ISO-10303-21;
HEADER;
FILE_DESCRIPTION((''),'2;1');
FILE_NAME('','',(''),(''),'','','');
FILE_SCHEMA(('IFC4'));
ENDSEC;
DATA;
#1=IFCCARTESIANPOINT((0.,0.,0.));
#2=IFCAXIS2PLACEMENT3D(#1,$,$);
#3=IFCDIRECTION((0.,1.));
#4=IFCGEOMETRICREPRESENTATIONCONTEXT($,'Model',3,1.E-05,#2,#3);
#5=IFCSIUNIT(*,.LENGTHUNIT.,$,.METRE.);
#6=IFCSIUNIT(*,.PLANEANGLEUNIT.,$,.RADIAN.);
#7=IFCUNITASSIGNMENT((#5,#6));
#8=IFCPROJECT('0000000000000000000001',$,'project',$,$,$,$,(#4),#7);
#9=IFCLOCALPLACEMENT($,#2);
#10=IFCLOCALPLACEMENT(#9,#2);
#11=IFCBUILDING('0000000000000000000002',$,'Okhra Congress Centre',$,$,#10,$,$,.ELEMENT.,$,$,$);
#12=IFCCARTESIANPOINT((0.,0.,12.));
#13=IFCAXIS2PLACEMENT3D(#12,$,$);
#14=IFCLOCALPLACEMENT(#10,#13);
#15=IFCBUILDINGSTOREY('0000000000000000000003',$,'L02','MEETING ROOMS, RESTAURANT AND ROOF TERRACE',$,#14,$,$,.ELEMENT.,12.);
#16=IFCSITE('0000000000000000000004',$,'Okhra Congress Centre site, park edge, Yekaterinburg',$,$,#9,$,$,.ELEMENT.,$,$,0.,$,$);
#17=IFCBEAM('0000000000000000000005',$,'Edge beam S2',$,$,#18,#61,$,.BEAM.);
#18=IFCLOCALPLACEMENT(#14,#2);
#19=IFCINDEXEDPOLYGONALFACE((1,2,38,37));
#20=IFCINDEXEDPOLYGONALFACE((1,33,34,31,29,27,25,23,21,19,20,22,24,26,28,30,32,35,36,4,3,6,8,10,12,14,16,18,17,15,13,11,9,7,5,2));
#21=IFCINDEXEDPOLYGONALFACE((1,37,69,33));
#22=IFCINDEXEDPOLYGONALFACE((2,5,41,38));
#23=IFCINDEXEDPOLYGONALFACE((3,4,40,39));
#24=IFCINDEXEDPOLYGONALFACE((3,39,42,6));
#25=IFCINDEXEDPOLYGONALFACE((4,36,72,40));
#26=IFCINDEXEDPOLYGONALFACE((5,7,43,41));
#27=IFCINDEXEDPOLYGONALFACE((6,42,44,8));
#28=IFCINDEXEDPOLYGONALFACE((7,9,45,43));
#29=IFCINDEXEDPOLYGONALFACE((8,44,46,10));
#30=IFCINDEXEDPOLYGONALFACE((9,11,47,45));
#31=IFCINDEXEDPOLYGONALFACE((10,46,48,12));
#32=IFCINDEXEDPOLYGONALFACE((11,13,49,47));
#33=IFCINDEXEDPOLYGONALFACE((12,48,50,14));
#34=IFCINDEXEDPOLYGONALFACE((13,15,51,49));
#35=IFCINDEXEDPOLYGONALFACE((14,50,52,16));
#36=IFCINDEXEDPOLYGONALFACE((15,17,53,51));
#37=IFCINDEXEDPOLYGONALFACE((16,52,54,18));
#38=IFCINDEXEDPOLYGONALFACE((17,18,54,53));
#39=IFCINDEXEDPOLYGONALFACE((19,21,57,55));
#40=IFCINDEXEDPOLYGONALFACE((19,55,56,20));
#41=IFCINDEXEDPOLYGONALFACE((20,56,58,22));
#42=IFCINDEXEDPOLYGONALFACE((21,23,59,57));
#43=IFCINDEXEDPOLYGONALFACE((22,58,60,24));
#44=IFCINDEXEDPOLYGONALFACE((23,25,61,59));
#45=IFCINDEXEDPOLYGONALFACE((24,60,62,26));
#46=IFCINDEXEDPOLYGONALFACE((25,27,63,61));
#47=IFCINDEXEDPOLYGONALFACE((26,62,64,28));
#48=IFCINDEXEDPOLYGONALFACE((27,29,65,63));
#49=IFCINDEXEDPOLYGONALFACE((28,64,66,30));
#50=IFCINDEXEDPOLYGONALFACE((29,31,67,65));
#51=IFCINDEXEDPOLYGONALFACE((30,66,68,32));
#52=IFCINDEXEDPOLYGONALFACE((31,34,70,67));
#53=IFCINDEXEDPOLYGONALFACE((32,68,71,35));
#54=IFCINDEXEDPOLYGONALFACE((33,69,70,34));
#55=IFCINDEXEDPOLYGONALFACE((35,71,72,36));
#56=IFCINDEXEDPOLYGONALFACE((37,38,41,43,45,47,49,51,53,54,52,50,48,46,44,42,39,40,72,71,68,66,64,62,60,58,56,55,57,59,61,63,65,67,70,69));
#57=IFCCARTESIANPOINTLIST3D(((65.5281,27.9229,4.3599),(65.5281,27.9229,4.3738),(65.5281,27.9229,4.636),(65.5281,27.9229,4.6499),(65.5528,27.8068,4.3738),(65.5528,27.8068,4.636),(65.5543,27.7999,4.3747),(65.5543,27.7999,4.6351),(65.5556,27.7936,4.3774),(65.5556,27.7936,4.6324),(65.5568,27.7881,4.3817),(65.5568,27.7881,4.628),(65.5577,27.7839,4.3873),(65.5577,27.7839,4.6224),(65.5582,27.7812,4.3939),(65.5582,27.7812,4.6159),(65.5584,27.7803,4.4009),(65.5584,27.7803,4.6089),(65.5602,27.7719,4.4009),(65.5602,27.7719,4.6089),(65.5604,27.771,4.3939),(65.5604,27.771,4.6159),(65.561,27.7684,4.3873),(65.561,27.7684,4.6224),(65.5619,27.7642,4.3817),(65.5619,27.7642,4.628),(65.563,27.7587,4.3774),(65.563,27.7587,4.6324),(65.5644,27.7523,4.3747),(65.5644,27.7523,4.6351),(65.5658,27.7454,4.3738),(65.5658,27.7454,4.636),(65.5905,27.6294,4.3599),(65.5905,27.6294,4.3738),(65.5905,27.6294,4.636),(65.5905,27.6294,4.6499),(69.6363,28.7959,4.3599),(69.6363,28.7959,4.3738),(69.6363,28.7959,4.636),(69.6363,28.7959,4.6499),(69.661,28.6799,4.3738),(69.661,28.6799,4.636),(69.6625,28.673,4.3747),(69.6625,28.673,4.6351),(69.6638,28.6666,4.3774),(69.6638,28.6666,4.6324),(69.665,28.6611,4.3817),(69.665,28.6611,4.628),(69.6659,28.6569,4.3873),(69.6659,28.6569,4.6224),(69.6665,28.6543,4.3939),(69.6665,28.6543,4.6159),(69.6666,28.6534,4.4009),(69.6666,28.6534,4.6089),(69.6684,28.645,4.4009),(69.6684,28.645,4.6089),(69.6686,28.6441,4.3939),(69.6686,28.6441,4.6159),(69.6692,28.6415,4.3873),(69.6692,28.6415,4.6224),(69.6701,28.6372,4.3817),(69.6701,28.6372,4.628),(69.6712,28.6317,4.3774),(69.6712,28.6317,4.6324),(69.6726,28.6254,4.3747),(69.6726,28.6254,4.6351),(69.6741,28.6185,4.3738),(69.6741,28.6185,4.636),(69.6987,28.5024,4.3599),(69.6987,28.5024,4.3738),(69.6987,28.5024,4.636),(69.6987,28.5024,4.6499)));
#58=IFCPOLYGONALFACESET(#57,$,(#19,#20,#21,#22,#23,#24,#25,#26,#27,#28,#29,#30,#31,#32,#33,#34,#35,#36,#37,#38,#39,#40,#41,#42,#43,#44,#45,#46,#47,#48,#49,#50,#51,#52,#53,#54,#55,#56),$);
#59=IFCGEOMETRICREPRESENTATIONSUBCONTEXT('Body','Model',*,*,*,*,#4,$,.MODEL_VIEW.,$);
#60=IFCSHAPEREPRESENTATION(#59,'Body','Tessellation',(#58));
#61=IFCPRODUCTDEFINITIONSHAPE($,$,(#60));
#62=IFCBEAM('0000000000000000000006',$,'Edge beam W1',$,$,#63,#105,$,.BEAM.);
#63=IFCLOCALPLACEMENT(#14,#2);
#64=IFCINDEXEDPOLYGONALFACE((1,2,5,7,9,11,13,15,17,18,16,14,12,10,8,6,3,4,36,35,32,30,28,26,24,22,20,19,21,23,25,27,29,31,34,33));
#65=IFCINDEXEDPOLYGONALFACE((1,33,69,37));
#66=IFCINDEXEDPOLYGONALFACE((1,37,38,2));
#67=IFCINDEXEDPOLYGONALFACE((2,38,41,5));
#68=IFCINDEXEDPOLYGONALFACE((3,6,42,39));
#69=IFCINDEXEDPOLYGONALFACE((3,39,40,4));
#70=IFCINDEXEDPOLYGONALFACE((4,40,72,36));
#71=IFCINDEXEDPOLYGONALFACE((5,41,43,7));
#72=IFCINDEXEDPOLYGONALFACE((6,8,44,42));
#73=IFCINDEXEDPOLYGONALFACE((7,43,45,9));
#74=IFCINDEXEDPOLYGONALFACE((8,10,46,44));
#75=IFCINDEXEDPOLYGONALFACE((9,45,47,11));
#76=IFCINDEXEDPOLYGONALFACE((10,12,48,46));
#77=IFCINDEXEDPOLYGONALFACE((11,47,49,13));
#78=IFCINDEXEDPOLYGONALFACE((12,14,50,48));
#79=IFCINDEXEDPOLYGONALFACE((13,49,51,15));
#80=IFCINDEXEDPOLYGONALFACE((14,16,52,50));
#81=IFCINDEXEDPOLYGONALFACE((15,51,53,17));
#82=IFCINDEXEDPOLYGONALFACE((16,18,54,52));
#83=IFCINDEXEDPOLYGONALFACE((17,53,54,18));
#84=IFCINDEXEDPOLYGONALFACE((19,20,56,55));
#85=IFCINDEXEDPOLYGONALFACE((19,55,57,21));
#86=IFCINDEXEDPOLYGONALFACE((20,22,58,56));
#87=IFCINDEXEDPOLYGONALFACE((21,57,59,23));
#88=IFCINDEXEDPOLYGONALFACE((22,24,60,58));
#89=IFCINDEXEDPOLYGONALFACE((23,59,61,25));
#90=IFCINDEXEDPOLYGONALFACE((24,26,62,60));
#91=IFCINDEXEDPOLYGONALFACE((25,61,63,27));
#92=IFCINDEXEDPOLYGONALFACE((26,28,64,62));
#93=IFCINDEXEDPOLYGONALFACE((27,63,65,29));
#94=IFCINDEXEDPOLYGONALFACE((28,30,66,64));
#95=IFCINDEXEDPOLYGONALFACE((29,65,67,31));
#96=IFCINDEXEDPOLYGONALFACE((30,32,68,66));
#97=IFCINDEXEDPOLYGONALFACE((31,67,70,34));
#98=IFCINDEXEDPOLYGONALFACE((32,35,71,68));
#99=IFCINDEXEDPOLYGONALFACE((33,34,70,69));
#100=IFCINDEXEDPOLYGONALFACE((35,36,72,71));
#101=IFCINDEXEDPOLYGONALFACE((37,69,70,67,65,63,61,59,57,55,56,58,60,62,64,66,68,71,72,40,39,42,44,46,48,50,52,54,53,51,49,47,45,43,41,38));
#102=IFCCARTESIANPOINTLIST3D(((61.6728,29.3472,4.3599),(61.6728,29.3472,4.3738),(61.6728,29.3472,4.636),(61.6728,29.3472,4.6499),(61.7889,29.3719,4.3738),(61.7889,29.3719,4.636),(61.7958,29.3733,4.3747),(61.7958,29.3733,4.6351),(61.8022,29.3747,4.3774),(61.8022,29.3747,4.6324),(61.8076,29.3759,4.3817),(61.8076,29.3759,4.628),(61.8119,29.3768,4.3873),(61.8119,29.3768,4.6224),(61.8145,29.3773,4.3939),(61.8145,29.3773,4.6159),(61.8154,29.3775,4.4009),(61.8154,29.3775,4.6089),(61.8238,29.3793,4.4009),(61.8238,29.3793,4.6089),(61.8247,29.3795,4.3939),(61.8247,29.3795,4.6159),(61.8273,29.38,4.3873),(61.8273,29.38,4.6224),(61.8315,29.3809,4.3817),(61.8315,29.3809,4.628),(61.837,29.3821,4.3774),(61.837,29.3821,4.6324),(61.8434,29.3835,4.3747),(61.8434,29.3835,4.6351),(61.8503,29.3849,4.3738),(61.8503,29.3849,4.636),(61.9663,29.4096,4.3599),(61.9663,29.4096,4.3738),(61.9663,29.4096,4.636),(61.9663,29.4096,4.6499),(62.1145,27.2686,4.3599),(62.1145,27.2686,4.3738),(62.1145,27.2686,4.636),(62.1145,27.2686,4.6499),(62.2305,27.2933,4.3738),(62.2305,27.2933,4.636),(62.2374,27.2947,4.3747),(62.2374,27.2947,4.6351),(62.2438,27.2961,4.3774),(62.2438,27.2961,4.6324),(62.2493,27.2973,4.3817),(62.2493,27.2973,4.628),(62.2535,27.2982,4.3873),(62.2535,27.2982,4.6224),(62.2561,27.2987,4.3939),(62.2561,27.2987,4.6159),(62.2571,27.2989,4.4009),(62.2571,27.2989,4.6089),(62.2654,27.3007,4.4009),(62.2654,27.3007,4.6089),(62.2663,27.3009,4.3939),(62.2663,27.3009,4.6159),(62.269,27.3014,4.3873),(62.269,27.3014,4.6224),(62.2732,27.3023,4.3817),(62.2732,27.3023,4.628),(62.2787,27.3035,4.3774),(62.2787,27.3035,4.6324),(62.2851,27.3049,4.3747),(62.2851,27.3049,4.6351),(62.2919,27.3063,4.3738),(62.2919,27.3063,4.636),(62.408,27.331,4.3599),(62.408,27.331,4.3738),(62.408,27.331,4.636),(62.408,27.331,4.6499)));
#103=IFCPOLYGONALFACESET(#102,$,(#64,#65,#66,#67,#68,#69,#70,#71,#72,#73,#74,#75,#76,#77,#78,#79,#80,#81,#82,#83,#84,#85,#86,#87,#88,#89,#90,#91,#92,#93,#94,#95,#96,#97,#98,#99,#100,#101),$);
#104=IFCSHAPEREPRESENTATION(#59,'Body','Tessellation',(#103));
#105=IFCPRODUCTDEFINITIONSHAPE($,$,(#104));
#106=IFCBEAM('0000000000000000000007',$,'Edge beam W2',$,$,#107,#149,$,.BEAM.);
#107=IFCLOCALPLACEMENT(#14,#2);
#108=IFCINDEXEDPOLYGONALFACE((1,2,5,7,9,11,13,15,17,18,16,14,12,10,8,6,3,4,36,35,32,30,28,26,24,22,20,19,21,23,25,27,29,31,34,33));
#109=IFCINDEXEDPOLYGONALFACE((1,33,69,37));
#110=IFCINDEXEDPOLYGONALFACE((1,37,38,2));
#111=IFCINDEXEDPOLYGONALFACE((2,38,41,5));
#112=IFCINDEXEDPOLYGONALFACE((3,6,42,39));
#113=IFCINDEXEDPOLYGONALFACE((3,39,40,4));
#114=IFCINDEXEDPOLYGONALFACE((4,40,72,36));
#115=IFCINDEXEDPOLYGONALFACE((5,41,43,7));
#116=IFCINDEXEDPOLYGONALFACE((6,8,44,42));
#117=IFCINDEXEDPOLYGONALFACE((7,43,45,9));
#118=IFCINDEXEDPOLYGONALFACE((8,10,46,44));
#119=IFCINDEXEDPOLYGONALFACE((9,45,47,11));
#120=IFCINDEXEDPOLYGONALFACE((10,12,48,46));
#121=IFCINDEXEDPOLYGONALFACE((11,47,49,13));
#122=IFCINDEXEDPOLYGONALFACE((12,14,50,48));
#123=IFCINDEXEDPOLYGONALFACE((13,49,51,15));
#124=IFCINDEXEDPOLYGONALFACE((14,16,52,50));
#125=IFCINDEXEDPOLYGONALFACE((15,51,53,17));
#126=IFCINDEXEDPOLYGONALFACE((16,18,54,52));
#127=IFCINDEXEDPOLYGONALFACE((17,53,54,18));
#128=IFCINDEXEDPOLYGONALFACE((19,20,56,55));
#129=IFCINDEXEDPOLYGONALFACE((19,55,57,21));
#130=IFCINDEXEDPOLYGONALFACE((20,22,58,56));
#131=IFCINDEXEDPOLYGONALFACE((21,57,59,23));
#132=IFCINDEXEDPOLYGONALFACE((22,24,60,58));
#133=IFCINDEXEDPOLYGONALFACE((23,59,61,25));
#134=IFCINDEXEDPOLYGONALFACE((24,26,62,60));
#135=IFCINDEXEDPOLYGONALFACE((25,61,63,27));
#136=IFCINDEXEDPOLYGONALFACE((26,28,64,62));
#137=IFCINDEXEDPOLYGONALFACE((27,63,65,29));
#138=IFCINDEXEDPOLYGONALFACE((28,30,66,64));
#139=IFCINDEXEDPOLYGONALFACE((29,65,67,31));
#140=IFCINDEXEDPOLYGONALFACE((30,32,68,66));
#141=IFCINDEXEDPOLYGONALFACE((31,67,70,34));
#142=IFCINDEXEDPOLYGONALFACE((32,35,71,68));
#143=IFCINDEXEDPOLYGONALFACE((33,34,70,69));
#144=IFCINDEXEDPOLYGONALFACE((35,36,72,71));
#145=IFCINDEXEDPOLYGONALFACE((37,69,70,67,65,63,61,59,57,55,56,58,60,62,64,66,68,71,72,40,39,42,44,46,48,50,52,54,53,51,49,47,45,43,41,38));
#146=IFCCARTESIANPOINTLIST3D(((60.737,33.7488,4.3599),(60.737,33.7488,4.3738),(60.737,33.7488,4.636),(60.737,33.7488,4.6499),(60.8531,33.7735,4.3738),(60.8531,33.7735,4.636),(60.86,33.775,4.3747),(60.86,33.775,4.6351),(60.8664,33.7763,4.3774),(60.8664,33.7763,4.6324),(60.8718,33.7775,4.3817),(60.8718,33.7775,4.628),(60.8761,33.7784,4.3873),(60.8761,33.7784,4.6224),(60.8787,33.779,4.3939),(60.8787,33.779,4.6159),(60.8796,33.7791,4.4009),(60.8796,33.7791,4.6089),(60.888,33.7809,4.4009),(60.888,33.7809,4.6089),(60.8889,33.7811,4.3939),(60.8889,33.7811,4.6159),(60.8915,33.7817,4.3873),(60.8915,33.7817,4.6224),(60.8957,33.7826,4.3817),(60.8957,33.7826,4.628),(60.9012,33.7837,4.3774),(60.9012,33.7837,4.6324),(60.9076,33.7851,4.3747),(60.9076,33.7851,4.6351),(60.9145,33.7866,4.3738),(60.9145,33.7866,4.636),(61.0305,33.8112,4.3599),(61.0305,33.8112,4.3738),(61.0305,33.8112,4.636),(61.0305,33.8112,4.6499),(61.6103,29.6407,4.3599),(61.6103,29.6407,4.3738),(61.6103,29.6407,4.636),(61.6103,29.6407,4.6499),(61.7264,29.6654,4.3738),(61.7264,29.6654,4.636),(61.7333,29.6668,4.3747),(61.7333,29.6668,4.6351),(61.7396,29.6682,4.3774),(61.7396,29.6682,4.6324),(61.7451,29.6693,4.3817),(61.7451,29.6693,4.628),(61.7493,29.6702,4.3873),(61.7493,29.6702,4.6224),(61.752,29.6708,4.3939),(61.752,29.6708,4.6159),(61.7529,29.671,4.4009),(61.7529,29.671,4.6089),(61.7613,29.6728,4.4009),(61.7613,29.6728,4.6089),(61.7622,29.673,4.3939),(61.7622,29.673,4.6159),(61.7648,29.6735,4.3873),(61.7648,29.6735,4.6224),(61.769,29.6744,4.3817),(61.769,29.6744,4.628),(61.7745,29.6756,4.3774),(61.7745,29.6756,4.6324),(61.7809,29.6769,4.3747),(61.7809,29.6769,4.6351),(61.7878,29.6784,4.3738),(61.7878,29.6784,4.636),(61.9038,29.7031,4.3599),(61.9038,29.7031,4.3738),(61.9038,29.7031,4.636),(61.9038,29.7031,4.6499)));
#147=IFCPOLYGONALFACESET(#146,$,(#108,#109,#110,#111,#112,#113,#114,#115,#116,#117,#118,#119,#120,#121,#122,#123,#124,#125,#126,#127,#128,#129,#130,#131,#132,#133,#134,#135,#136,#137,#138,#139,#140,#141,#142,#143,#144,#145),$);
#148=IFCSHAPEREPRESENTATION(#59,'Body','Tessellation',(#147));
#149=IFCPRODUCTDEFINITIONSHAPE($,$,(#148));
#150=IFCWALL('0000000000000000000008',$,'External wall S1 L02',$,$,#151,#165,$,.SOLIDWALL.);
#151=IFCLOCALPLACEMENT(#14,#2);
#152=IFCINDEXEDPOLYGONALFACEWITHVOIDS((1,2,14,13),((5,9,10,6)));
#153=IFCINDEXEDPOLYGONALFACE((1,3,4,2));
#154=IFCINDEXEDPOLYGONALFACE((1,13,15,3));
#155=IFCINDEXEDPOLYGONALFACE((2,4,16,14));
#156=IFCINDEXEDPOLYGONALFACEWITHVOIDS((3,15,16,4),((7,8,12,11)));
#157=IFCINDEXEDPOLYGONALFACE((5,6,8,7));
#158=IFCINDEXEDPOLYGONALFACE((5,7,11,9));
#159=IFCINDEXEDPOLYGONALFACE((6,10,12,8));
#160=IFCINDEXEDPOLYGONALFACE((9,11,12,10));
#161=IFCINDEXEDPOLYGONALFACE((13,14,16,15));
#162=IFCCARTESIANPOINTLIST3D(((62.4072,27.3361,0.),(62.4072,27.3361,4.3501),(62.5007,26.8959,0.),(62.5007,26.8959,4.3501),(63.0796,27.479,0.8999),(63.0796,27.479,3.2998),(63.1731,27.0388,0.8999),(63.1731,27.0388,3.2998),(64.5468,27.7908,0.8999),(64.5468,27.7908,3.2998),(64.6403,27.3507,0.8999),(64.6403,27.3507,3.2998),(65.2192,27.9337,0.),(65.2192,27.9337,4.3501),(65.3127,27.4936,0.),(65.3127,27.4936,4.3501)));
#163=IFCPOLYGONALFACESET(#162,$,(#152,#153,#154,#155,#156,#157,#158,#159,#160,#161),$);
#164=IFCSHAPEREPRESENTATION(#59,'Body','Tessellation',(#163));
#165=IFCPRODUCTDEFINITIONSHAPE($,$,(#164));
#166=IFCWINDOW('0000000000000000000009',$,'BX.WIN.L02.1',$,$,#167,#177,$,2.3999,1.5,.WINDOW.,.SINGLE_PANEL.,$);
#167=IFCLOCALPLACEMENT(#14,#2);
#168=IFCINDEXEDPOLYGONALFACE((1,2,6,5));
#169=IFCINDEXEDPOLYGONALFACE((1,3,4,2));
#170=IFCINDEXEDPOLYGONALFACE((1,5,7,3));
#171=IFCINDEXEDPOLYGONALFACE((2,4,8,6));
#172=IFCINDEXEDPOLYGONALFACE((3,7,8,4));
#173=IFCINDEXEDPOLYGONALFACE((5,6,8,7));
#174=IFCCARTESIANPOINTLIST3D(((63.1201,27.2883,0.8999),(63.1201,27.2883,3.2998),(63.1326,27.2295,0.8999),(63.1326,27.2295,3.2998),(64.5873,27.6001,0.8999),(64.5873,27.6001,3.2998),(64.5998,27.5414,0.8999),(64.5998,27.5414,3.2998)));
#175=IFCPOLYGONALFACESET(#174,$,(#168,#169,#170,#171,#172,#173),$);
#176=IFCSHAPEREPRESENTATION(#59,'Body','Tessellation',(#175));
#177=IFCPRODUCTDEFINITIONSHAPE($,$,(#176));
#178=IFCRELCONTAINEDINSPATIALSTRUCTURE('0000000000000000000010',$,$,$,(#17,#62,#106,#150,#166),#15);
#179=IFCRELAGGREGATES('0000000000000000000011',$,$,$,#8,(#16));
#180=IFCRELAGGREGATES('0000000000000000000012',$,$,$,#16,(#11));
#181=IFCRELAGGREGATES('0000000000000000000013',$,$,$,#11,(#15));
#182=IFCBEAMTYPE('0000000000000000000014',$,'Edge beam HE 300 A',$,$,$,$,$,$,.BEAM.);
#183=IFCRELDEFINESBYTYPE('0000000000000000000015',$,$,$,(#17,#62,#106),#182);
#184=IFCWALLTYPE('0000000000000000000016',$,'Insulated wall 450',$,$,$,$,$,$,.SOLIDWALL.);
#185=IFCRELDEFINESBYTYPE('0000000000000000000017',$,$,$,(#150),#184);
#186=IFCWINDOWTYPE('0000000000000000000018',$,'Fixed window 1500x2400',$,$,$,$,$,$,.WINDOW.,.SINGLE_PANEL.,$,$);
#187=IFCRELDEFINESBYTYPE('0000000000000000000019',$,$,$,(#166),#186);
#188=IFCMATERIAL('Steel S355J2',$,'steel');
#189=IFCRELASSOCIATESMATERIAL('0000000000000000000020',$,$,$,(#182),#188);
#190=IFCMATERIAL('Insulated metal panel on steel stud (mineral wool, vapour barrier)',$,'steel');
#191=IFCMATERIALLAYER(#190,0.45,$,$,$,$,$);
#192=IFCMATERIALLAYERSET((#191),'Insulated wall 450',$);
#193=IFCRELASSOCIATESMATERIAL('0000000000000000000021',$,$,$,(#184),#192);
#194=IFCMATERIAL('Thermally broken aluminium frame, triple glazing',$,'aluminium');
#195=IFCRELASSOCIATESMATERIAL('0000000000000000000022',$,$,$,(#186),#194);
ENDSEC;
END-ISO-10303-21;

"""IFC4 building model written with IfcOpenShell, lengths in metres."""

from ifc_helpers import new_model, si_unit, direction, frame, frame_2d, origin, origin_2d, place, context, subcontext, project, spatial, rectangle, i_section, extrude, material, layer, layer_set, material_profile, profile_set, type_object, element, fill, save


model = new_model("IFC4")

# Units and contexts
model_context = context("Model", 3, precision=1e-05, world=origin(), true_north=direction((0.0, 1.0)))
body_context = subcontext(model_context, "Body", "Model", "MODEL_VIEW")
ifc_project = project(units=[si_unit("LENGTHUNIT", "METRE"), si_unit("PLANEANGLEUNIT", "RADIAN")], contexts=[model_context])

# Site, building, storey
site_placement = place(None, origin())
site = spatial("IfcSite", under=ifc_project, at=site_placement, Name="Okhra Congress Centre site, park edge, Yekaterinburg", CompositionType="ELEMENT", RefElevation=0.0)
building_placement = place(site_placement, origin())
building = spatial("IfcBuilding", under=site, at=building_placement, Name="Okhra Congress Centre", CompositionType="ELEMENT")
storey_placement = place(building_placement, frame((0.0, 0.0, 12.0)))
storey = spatial("IfcBuildingStorey", under=building, at=storey_placement, Name="L02", Description="MEETING ROOMS, RESTAURANT AND ROOF TERRACE", CompositionType="ELEMENT", Elevation=12.0)

# Shared definitions
ifc_material_1 = material(Name="Steel S355J2", Category="steel")

# Beams
ifc_material_profile_1 = material_profile(ifc_material_1, i_section(OverallWidth=0.3, OverallDepth=0.29, WebThickness=0.0085, FlangeThickness=0.0139, FilletRadius=0.0271, at=origin_2d()), Name="HE 300 A")
ifc_profile_set_1 = profile_set([ifc_material_profile_1], Name="Steel S355J2")
beam_type = type_object("IfcBeamType", Name="Edge beam HE 300 A", PredefinedType="BEAM", material=ifc_profile_set_1)
beam_1_placement = place(storey_placement, frame((65.5593, 27.7761, 4.5049), z_axis=(0.978156, 0.207873, 0.0), x_axis=(-0.207873, 0.978156, 0.0)))
element("IfcBeam", 1, at=beam_1_placement, inside=storey, type_object=beam_type, Name="Edge beam S2", PredefinedType="BEAM", context=body_context, shape_type="SweptSolid", body=[
    extrude(i_section(OverallWidth=0.3, OverallDepth=0.29, WebThickness=0.0085, FlangeThickness=0.0139, FilletRadius=0.0271, at=origin_2d()), origin(), (0.0, 0.0, 1.0), 4.2),
])
beam_2_placement = place(storey_placement, frame((62.2612, 27.2998, 4.5049), z_axis=(-0.207834, 0.978164, 0.0), x_axis=(-0.978164, -0.207834, 0.0)))
element("IfcBeam", 2, at=beam_2_placement, inside=storey, type_object=beam_type, Name="Edge beam W1", PredefinedType="BEAM", context=body_context, shape_type="SweptSolid", body=[
    extrude(i_section(OverallWidth=0.3, OverallDepth=0.29, WebThickness=0.0085, FlangeThickness=0.0139, FilletRadius=0.0271, at=origin_2d()), origin(), (0.0, 0.0, 1.0), 2.125),
])
beam_3_placement = place(storey_placement, frame((61.7571, 29.6719, 4.5049), z_axis=(-0.207929, 0.978144, 0.0), x_axis=(-0.978144, -0.207929, 0.0)))
element("IfcBeam", 3, at=beam_3_placement, inside=storey, type_object=beam_type, Name="Edge beam W2", PredefinedType="BEAM", context=body_context, shape_type="SweptSolid", body=[
    extrude(i_section(OverallWidth=0.3, OverallDepth=0.29, WebThickness=0.0085, FlangeThickness=0.0139, FilletRadius=0.0271, at=origin_2d()), origin(), (0.0, 0.0, 1.0), 4.2),
])

# Wall, opening, window
ifc_material_2 = material(Name="Insulated metal panel on steel stud (mineral wool, vapour barrier)", Category="steel")
ifc_layer = layer(ifc_material_2, 0.45)
ifc_layer_set = layer_set([ifc_layer], Name="Insulated wall 450")
wall_type = type_object("IfcWallType", Name="Insulated wall 450", PredefinedType="SOLIDWALL", material=ifc_layer_set)
wall_1_placement = place(storey_placement, frame((62.4539, 27.116, 0.0), z_axis=(0.0, 0.0, 1.0), x_axis=(0.978152, 0.207893, 0.0)))
wall_1 = element("IfcWall", 4, at=wall_1_placement, inside=storey, type_object=wall_type, Name="External wall S1 L02", PredefinedType="SOLIDWALL", context=body_context, shape_type="SweptSolid", body=[
    extrude(rectangle(XDim=2.8748, YDim=0.45, at=frame_2d((1.4375, 0.0))), origin(), (0.0, 0.0, 1.0), 4.3501),
])
opening_1_placement = place(wall_1_placement, frame((0.6875, 0.0, 0.8999)))
opening_1 = element("IfcOpeningElement", 5, at=opening_1_placement, cuts=wall_1, PredefinedType="OPENING", context=body_context, shape_type="SweptSolid", body=[
    extrude(rectangle(XDim=1.5, YDim=2.3999, at=frame_2d((0.75, 1.2))), frame((0.0, 0.2349, 0.0), z_axis=(0.0, -1.0, 0.0), x_axis=(1.0, 0.0, 0.0)), (0.0, 0.0, 1.0), 0.47),
])
ifc_material_3 = material(Name="Thermally broken aluminium frame, triple glazing", Category="aluminium")
window_type_1 = type_object("IfcWindowType", Name="Fixed window 1500x2400", PartitioningType="SINGLE_PANEL", PredefinedType="WINDOW", material=ifc_material_3)
window_1_placement = place(opening_1_placement, origin())
window_1 = element("IfcWindow", 6, at=window_1_placement, inside=storey, type_object=window_type_1, Name="BX.WIN.L02.1", OverallHeight=2.3999, OverallWidth=1.5, PartitioningType="SINGLE_PANEL", PredefinedType="WINDOW", context=body_context, shape_type="SweptSolid", body=[
    extrude(rectangle(XDim=1.5, YDim=2.3999, at=frame_2d((0.75, 1.2))), frame((0.0, 0.03, 0.0), z_axis=(0.0, -1.0, 0.0), x_axis=(1.0, 0.0, 0.0)), (0.0, 0.0, 1.0), 0.0601),
])
fill(opening_1, window_1)

save(model, "model.ifc")
